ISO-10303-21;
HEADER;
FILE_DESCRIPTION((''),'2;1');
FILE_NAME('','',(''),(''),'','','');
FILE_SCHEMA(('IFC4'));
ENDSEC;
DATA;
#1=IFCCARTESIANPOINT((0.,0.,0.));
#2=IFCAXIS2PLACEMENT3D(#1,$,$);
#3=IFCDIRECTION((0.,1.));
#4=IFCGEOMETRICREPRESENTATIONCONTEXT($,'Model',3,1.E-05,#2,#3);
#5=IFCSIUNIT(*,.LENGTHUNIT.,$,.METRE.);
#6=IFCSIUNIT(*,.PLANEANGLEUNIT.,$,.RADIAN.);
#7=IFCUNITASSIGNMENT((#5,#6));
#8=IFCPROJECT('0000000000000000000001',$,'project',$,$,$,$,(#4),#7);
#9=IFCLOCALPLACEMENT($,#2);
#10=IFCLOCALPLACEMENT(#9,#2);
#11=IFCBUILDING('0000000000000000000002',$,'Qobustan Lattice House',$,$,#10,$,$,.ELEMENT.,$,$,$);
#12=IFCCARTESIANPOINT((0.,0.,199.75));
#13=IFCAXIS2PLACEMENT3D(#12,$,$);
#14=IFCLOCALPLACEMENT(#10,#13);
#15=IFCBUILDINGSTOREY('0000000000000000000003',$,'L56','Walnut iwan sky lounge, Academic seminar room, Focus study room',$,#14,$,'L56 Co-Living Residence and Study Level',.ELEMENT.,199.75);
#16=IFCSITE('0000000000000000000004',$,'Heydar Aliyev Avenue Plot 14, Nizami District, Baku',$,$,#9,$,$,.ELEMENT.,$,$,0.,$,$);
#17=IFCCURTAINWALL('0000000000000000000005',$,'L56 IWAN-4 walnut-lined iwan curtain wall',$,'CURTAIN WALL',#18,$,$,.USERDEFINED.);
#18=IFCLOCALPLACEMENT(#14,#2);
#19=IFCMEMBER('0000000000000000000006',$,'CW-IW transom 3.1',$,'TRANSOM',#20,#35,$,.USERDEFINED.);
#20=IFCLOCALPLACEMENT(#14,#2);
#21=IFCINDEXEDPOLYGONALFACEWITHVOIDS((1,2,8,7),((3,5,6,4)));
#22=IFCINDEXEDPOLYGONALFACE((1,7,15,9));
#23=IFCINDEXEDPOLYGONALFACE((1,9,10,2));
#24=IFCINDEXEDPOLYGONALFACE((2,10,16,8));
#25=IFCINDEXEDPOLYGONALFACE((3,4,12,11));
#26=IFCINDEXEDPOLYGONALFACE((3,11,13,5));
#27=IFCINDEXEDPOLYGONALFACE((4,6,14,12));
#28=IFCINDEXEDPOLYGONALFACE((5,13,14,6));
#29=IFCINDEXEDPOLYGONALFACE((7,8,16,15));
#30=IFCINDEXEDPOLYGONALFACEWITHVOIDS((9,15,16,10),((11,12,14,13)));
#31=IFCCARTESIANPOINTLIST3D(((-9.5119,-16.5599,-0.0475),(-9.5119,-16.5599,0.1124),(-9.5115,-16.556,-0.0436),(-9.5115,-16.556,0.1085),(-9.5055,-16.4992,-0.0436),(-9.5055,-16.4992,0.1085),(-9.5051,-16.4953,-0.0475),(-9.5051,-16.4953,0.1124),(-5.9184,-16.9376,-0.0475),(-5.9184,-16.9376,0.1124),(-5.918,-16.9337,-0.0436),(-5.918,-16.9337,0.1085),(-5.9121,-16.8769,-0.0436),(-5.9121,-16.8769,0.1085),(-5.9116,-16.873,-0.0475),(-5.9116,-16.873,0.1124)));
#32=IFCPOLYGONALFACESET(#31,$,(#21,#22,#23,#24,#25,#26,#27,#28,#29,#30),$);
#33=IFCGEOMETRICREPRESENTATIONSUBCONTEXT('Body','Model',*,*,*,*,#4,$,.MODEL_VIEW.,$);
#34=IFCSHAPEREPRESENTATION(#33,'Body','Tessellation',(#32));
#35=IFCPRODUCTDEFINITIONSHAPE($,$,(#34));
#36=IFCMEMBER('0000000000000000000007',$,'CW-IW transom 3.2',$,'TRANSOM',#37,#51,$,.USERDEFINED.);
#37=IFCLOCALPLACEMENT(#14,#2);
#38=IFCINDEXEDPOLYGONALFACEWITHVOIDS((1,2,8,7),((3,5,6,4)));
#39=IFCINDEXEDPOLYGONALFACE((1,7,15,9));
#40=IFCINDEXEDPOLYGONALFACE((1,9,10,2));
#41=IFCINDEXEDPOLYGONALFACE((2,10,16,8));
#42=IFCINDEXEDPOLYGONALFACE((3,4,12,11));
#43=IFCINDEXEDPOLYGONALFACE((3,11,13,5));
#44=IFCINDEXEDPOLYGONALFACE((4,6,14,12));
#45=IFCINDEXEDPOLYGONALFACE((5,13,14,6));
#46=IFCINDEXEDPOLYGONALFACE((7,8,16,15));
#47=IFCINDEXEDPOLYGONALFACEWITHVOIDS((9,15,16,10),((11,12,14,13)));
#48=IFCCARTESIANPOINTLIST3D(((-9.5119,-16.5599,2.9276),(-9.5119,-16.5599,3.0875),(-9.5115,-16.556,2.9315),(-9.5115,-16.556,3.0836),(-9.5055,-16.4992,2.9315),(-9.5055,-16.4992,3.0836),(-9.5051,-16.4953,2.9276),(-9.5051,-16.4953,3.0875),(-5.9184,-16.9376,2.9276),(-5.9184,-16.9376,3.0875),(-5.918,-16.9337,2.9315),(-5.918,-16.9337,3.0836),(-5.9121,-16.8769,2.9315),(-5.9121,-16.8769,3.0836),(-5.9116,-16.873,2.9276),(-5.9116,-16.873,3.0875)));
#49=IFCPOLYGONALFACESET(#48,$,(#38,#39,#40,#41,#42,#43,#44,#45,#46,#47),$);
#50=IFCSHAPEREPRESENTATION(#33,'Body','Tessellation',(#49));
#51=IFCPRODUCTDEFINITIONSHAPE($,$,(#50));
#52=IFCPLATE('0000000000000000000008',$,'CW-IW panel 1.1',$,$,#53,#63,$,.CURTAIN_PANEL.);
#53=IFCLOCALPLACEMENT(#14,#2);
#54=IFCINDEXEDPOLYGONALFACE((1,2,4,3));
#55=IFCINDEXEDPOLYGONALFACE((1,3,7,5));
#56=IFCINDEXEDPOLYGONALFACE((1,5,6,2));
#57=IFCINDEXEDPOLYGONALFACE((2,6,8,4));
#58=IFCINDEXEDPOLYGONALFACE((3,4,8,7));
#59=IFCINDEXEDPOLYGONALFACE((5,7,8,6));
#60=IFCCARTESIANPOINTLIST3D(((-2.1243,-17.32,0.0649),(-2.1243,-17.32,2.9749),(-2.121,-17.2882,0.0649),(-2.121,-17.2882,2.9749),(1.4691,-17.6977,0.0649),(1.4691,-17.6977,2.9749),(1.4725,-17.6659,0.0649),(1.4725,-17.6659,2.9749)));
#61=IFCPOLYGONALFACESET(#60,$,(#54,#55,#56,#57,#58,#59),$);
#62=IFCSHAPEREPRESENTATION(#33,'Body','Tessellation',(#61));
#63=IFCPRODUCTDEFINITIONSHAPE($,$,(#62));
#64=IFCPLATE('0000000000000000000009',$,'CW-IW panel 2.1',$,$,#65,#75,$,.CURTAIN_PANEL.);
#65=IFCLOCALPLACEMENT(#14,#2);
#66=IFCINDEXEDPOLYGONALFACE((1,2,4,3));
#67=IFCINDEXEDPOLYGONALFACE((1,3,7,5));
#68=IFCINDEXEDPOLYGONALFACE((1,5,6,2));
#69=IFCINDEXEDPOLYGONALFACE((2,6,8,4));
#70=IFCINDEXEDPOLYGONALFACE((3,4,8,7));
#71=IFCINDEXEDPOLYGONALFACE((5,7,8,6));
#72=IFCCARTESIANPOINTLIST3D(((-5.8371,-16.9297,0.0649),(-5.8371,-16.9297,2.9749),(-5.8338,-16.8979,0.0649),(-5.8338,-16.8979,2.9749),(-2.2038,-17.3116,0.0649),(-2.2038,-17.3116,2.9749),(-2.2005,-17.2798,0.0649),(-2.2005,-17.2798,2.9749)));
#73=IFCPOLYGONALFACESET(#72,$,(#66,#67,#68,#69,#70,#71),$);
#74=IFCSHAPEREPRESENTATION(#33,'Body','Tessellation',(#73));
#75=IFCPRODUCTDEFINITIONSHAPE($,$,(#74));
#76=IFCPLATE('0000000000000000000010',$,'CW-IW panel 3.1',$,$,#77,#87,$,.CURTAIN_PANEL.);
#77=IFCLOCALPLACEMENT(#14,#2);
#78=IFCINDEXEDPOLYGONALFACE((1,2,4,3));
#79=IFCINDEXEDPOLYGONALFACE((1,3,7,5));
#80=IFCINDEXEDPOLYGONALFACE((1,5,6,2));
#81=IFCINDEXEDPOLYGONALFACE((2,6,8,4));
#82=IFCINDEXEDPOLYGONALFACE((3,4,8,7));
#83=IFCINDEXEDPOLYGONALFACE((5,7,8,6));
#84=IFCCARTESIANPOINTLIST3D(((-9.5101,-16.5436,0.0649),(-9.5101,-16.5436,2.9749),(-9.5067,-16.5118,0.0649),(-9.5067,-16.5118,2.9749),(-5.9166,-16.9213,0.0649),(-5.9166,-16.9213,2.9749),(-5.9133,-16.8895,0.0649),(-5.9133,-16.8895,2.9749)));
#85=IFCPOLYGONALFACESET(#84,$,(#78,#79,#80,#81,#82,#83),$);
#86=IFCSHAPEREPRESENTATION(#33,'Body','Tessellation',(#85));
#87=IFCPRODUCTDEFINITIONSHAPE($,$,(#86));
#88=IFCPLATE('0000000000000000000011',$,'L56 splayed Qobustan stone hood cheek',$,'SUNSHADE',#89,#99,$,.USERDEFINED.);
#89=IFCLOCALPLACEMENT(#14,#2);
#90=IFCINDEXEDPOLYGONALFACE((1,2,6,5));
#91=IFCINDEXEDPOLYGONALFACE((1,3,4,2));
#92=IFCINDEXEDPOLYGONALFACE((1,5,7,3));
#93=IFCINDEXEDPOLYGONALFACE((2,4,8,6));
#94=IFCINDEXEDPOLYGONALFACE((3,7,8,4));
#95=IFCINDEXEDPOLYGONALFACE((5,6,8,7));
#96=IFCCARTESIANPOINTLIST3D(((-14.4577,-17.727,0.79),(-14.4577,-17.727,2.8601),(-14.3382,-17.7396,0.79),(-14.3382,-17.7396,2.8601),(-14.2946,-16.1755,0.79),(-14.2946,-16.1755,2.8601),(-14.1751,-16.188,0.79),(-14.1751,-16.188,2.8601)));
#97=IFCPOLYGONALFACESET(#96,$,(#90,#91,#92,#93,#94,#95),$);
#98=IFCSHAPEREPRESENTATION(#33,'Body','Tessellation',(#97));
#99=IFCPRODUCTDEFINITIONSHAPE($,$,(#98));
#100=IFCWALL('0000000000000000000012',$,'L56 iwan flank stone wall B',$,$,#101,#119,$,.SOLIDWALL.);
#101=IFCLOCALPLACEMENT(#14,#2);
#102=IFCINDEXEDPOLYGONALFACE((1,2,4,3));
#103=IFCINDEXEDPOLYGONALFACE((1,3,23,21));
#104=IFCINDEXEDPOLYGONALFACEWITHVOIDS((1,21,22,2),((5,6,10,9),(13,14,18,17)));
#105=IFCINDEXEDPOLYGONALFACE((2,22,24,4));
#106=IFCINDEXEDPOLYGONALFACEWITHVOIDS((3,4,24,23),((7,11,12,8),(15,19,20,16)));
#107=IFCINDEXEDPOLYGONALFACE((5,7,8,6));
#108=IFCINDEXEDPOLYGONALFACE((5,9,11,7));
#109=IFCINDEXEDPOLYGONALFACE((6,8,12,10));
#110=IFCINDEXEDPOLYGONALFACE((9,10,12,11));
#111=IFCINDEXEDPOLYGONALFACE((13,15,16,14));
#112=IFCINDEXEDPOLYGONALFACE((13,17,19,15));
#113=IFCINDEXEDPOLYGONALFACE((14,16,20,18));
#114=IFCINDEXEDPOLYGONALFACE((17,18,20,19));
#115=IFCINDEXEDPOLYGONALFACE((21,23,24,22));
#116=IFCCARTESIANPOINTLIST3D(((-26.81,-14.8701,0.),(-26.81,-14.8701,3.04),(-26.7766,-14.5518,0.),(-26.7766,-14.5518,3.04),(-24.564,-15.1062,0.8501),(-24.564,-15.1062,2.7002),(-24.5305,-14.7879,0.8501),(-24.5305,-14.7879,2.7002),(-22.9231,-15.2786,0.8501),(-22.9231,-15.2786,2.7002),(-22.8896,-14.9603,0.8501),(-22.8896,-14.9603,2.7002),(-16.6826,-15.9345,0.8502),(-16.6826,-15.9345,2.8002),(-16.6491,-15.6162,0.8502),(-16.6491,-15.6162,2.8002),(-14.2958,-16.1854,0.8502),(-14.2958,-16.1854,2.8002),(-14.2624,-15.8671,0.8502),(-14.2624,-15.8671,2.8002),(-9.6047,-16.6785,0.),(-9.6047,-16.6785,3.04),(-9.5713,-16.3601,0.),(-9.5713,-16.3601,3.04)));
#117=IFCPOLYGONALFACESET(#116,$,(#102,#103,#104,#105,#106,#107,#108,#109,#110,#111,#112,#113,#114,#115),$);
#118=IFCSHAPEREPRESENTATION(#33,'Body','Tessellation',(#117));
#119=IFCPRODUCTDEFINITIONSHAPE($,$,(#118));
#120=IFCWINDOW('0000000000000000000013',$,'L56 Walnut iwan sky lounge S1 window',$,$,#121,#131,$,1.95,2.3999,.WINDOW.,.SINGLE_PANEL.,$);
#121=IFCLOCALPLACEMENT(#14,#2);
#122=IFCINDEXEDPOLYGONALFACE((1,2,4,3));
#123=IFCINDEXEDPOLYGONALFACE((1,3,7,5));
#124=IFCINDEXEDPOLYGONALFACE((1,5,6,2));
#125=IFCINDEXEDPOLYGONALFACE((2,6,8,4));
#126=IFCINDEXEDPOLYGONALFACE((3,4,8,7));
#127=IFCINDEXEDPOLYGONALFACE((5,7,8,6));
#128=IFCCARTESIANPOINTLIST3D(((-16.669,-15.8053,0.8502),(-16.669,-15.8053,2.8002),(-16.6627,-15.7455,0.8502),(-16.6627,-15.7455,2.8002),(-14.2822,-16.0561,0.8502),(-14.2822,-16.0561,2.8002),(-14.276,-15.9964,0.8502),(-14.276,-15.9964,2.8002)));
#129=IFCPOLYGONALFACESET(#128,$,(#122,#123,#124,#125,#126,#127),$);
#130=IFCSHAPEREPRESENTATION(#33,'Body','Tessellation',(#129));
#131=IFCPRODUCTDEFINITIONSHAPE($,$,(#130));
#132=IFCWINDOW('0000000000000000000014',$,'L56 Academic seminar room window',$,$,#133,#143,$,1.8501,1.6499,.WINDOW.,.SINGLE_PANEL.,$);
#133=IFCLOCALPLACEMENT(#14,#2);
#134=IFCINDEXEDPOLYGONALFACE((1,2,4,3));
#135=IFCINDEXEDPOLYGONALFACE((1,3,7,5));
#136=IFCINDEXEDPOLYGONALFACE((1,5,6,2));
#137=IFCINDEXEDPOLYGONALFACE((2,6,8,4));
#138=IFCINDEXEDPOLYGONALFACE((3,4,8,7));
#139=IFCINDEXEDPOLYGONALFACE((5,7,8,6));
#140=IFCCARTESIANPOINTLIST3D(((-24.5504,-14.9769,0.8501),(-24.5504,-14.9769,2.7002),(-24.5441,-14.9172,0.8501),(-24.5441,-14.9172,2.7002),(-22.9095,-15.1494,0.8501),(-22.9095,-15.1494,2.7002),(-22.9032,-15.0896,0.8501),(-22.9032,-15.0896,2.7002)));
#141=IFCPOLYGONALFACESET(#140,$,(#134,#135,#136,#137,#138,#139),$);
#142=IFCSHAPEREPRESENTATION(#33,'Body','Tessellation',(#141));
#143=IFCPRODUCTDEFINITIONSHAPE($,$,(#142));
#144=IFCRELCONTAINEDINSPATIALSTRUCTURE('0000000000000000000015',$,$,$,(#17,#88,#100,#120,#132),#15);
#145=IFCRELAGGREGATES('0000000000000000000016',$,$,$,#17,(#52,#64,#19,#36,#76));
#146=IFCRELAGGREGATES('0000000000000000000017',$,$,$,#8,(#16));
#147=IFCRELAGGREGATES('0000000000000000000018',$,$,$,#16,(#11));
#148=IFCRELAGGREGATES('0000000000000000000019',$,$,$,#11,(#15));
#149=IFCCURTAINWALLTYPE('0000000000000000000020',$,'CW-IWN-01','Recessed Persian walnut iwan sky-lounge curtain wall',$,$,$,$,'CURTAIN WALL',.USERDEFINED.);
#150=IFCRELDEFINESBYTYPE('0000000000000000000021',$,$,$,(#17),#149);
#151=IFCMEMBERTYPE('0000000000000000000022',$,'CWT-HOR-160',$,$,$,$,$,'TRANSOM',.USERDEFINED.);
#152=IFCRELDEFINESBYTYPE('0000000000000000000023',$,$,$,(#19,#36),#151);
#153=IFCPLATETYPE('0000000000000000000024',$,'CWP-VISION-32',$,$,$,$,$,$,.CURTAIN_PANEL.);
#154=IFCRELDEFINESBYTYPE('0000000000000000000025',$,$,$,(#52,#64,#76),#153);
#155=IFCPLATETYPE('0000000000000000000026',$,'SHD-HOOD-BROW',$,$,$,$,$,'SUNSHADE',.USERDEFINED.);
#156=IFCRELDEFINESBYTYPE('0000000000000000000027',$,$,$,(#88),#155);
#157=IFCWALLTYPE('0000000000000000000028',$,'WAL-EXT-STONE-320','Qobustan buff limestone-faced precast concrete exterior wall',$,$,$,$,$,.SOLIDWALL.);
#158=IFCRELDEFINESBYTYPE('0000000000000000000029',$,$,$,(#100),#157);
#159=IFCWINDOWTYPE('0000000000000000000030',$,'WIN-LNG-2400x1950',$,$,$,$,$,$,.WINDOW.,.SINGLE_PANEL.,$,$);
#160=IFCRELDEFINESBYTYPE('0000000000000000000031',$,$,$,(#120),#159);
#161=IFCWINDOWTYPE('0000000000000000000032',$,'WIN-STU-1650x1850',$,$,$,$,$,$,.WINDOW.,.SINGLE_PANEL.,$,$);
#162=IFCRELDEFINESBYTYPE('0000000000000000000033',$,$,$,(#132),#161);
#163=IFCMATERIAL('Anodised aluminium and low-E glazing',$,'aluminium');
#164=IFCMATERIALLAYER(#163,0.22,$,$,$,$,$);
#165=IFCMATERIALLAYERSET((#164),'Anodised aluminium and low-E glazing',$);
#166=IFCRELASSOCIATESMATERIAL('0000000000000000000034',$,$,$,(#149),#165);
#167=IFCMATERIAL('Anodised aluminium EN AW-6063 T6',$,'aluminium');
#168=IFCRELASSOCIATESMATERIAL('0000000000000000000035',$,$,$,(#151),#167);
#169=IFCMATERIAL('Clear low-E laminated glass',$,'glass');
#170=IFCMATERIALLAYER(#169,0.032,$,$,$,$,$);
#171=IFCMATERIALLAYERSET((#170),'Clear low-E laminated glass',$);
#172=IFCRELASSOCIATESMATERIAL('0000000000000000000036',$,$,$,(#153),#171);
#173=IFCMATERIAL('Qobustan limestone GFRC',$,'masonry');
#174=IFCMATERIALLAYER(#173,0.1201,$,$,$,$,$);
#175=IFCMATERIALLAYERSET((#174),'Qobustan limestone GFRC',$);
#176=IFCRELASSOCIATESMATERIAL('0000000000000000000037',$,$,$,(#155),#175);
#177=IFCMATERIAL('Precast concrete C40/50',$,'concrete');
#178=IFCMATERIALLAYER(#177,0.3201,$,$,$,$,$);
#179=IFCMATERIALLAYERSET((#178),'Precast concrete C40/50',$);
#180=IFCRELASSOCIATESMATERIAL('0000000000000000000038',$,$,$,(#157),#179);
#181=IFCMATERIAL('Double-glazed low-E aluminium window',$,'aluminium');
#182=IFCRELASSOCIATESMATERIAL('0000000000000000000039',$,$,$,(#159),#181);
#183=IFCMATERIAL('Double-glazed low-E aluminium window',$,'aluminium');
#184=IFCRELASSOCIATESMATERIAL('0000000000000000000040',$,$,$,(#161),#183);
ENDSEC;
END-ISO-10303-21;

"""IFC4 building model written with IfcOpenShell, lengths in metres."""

from ifc_helpers import new_model, si_unit, direction, frame, frame_2d, origin, origin_2d, place, context, subcontext, project, spatial, rectangle, hollow_rectangle, extrude, material, layer, layer_set, material_profile, profile_set, type_object, element, fill, aggregate, save


model = new_model("IFC4")

# Units and contexts
model_context = context("Model", 3, precision=1e-05, world=origin(), true_north=direction((0.0, 1.0)))
body_context = subcontext(model_context, "Body", "Model", "MODEL_VIEW")
ifc_project = project(units=[si_unit("LENGTHUNIT", "METRE"), si_unit("PLANEANGLEUNIT", "RADIAN")], contexts=[model_context])

# Site, building, storey
site_placement = place(None, origin())
site = spatial("IfcSite", under=ifc_project, at=site_placement, Name="Heydar Aliyev Avenue Plot 14, Nizami District, Baku", CompositionType="ELEMENT", RefElevation=0.0)
building_placement = place(site_placement, origin())
building = spatial("IfcBuilding", under=site, at=building_placement, Name="Qobustan Lattice House", CompositionType="ELEMENT")
storey_placement = place(building_placement, frame((0.0, 0.0, 199.75)))
storey = spatial("IfcBuildingStorey", under=building, at=storey_placement, Name="L56", Description="Walnut iwan sky lounge, Academic seminar room, Focus study room", LongName="L56 Co-Living Residence and Study Level", CompositionType="ELEMENT", Elevation=199.75)

# Curtain wall, members, plates
ifc_material_1 = material(Name="Anodised aluminium and low-E glazing", Category="aluminium")
ifc_layer_1 = layer(ifc_material_1, 0.22)
ifc_layer_set_1 = layer_set([ifc_layer_1], Name="Anodised aluminium and low-E glazing")
curtain_wall_type = type_object("IfcCurtainWallType", Name="CW-IWN-01", Description="Recessed Persian walnut iwan sky-lounge curtain wall", ElementType="CURTAIN WALL", PredefinedType="USERDEFINED", material=ifc_layer_set_1)
curtain_wall_placement = place(storey_placement, origin())
curtain_wall = element("IfcCurtainWall", 1, at=curtain_wall_placement, inside=storey, type_object=curtain_wall_type, Name="L56 IWAN-4 walnut-lined iwan curtain wall", ObjectType="CURTAIN WALL", PredefinedType="USERDEFINED")
ifc_material_2 = material(Name="Anodised aluminium EN AW-6063 T6", Category="aluminium")
ifc_material_profile_1 = material_profile(ifc_material_2, hollow_rectangle(XDim=0.0649, YDim=0.1599, WallThickness=0.0039, at=origin_2d()), Name="CWT-160x65")
ifc_profile_set_1 = profile_set([ifc_material_profile_1], Name="Anodised aluminium EN AW-6063 T6")
member_type_1 = type_object("IfcMemberType", Name="CWT-HOR-160", ElementType="TRANSOM", PredefinedType="USERDEFINED", material=ifc_profile_set_1)
member_1_placement = place(storey_placement, frame((-5.915, -16.9053, 0.0325), z_axis=(-0.994522, 0.104527, 0.0), x_axis=(-0.104527, -0.994522, 0.0)))
member_1 = element("IfcMember", 2, at=member_1_placement, type_object=member_type_1, Name="CW-IW transom 3.1", ObjectType="TRANSOM", PredefinedType="USERDEFINED", context=body_context, shape_type="SweptSolid", body=[
    extrude(hollow_rectangle(XDim=0.0649, YDim=0.1599, WallThickness=0.0039, at=origin_2d()), origin(), (0.0, 0.0, 1.0), 3.6133),
])
member_2_placement = place(storey_placement, frame((-5.915, -16.9053, 3.0076), z_axis=(-0.994522, 0.104527, 0.0), x_axis=(-0.104527, -0.994522, 0.0)))
member_2 = element("IfcMember", 3, at=member_2_placement, type_object=member_type_1, Name="CW-IW transom 3.2", ObjectType="TRANSOM", PredefinedType="USERDEFINED", context=body_context, shape_type="SweptSolid", body=[
    extrude(hollow_rectangle(XDim=0.0649, YDim=0.1599, WallThickness=0.0039, at=origin_2d()), origin(), (0.0, 0.0, 1.0), 3.6133),
])
ifc_material_3 = material(Name="Clear low-E laminated glass", Category="glass")
ifc_layer_2 = layer(ifc_material_3, 0.032)
ifc_layer_set_2 = layer_set([ifc_layer_2], Name="Clear low-E laminated glass")
plate_type_1 = type_object("IfcPlateType", Name="CWP-VISION-32", PredefinedType="CURTAIN_PANEL", material=ifc_layer_set_2)
plate_1_placement = place(storey_placement, frame((-0.3259, -17.4929, 0.0649), z_axis=(0.0, 0.0, 1.0), x_axis=(-0.994521, 0.104536, 0.0)))
plate_1 = element("IfcPlate", 4, at=plate_1_placement, type_object=plate_type_1, Name="CW-IW panel 1.1", PredefinedType="CURTAIN_PANEL", context=body_context, shape_type="SweptSolid", body=[
    extrude(rectangle(XDim=3.6133, YDim=0.032, at=origin_2d()), origin(), (0.0, 0.0, 1.0), 2.9099),
])
plate_2_placement = place(storey_placement, frame((-4.0188, -17.1047, 0.0649), z_axis=(0.0, 0.0, 1.0), x_axis=(-0.994521, 0.104536, 0.0)))
plate_2 = element("IfcPlate", 5, at=plate_2_placement, type_object=plate_type_1, Name="CW-IW panel 2.1", PredefinedType="CURTAIN_PANEL", context=body_context, shape_type="SweptSolid", body=[
    extrude(rectangle(XDim=3.6533, YDim=0.032, at=origin_2d()), origin(), (0.0, 0.0, 1.0), 2.9099),
])
plate_3_placement = place(storey_placement, frame((-7.7117, -16.7166, 0.0649), z_axis=(0.0, 0.0, 1.0), x_axis=(-0.994521, 0.104536, 0.0)))
plate_3 = element("IfcPlate", 6, at=plate_3_placement, type_object=plate_type_1, Name="CW-IW panel 3.1", PredefinedType="CURTAIN_PANEL", context=body_context, shape_type="SweptSolid", body=[
    extrude(rectangle(XDim=3.6133, YDim=0.032, at=origin_2d()), origin(), (0.0, 0.0, 1.0), 2.9099),
])
aggregate(curtain_wall, [plate_1, plate_2, member_1, member_2, plate_3])

# Plate
ifc_material_4 = material(Name="Qobustan limestone GFRC", Category="masonry")
ifc_layer_3 = layer(ifc_material_4, 0.1201)
ifc_layer_set_3 = layer_set([ifc_layer_3], Name="Qobustan limestone GFRC")
plate_type_2 = type_object("IfcPlateType", Name="SHD-HOOD-BROW", ElementType="SUNSHADE", PredefinedType="USERDEFINED", material=ifc_layer_set_3)
plate_4_placement = place(storey_placement, frame((-14.3164, -16.9575, 0.79), z_axis=(0.0, 0.0, 1.0), x_axis=(-0.994522, 0.104528, 0.0)))
element("IfcPlate", 7, at=plate_4_placement, inside=storey, type_object=plate_type_2, Name="L56 splayed Qobustan stone hood cheek", ObjectType="SUNSHADE", PredefinedType="USERDEFINED", context=body_context, shape_type="SweptSolid", body=[
    extrude(rectangle(XDim=0.1201, YDim=1.5601, at=origin_2d()), origin(), (0.0, 0.0, 1.0), 2.0701),
])

# Wall, openings, windows
ifc_material_5 = material(Name="Precast concrete C40/50", Category="concrete")
ifc_layer_4 = layer(ifc_material_5, 0.3201)
ifc_layer_set_4 = layer_set([ifc_layer_4], Name="Precast concrete C40/50")
wall_type = type_object("IfcWallType", Name="WAL-EXT-STONE-320", Description="Qobustan buff limestone-faced precast concrete exterior wall", PredefinedType="SOLIDWALL", material=ifc_layer_set_4)
wall_placement = place(storey_placement, frame((-9.5881, -16.5193, 0.0), z_axis=(0.0, 0.0, 1.0), x_axis=(-0.994522, 0.104528, 0.0)))
wall = element("IfcWall", 8, at=wall_placement, inside=storey, type_object=wall_type, Name="L56 iwan flank stone wall B", PredefinedType="SOLIDWALL", context=body_context, shape_type="SweptSolid", body=[
    extrude(rectangle(XDim=17.3, YDim=0.3201, at=frame_2d((8.6499, 0.0))), origin(), (0.0, 0.0, 1.0), 3.04),
])
opening_1_placement = place(wall_placement, frame((4.7168, 0.0, 0.8501)))
opening_1 = element("IfcOpeningElement", 9, at=opening_1_placement, cuts=wall, PredefinedType="OPENING", context=body_context, shape_type="SweptSolid", body=[
    extrude(rectangle(XDim=2.3999, YDim=1.95, at=frame_2d((1.2, 0.9751))), frame((0.0, 0.1699, 0.0), z_axis=(0.0, -1.0, 0.0), x_axis=(1.0, 0.0, 0.0)), (0.0, 0.0, 1.0), 0.3401),
])
opening_2_placement = place(wall_placement, frame((13.3916, 0.0, 0.8501)))
opening_2 = element("IfcOpeningElement", 10, at=opening_2_placement, cuts=wall, PredefinedType="OPENING", context=body_context, shape_type="SweptSolid", body=[
    extrude(rectangle(XDim=1.6499, YDim=1.8501, at=frame_2d((0.825, 0.925))), frame((0.0, 0.1699, 0.0), z_axis=(0.0, -1.0, 0.0), x_axis=(1.0, 0.0, 0.0)), (0.0, 0.0, 1.0), 0.3401),
])
ifc_material_6 = material(Name="Double-glazed low-E aluminium window", Category="aluminium")
window_type_1 = type_object("IfcWindowType", Name="WIN-LNG-2400x1950", PartitioningType="SINGLE_PANEL", PredefinedType="WINDOW", material=ifc_material_6)
window_1_placement = place(opening_1_placement, origin())
window_1 = element("IfcWindow", 11, at=window_1_placement, inside=storey, type_object=window_type_1, Name="L56 Walnut iwan sky lounge S1 window", OverallHeight=1.95, OverallWidth=2.3999, PartitioningType="SINGLE_PANEL", PredefinedType="WINDOW", context=body_context, shape_type="SweptSolid", body=[
    extrude(rectangle(XDim=2.3999, YDim=1.95, at=frame_2d((1.2, 0.9751))), frame((0.0, 0.03, 0.0), z_axis=(0.0, -1.0, 0.0), x_axis=(1.0, 0.0, 0.0)), (0.0, 0.0, 1.0), 0.0601),
])
fill(opening_1, window_1)
ifc_material_7 = material(Name="Double-glazed low-E aluminium window", Category="aluminium")
window_type_2 = type_object("IfcWindowType", Name="WIN-STU-1650x1850", PartitioningType="SINGLE_PANEL", PredefinedType="WINDOW", material=ifc_material_7)
window_2_placement = place(opening_2_placement, origin())
window_2 = element("IfcWindow", 12, at=window_2_placement, inside=storey, type_object=window_type_2, Name="L56 Academic seminar room window", OverallHeight=1.8501, OverallWidth=1.6499, PartitioningType="SINGLE_PANEL", PredefinedType="WINDOW", context=body_context, shape_type="SweptSolid", body=[
    extrude(rectangle(XDim=1.6499, YDim=1.8501, at=frame_2d((0.825, 0.925))), frame((0.0, 0.03, 0.0), z_axis=(0.0, -1.0, 0.0), x_axis=(1.0, 0.0, 0.0)), (0.0, 0.0, 1.0), 0.0601),
])
fill(opening_2, window_2)

save(model, "model.ifc")
